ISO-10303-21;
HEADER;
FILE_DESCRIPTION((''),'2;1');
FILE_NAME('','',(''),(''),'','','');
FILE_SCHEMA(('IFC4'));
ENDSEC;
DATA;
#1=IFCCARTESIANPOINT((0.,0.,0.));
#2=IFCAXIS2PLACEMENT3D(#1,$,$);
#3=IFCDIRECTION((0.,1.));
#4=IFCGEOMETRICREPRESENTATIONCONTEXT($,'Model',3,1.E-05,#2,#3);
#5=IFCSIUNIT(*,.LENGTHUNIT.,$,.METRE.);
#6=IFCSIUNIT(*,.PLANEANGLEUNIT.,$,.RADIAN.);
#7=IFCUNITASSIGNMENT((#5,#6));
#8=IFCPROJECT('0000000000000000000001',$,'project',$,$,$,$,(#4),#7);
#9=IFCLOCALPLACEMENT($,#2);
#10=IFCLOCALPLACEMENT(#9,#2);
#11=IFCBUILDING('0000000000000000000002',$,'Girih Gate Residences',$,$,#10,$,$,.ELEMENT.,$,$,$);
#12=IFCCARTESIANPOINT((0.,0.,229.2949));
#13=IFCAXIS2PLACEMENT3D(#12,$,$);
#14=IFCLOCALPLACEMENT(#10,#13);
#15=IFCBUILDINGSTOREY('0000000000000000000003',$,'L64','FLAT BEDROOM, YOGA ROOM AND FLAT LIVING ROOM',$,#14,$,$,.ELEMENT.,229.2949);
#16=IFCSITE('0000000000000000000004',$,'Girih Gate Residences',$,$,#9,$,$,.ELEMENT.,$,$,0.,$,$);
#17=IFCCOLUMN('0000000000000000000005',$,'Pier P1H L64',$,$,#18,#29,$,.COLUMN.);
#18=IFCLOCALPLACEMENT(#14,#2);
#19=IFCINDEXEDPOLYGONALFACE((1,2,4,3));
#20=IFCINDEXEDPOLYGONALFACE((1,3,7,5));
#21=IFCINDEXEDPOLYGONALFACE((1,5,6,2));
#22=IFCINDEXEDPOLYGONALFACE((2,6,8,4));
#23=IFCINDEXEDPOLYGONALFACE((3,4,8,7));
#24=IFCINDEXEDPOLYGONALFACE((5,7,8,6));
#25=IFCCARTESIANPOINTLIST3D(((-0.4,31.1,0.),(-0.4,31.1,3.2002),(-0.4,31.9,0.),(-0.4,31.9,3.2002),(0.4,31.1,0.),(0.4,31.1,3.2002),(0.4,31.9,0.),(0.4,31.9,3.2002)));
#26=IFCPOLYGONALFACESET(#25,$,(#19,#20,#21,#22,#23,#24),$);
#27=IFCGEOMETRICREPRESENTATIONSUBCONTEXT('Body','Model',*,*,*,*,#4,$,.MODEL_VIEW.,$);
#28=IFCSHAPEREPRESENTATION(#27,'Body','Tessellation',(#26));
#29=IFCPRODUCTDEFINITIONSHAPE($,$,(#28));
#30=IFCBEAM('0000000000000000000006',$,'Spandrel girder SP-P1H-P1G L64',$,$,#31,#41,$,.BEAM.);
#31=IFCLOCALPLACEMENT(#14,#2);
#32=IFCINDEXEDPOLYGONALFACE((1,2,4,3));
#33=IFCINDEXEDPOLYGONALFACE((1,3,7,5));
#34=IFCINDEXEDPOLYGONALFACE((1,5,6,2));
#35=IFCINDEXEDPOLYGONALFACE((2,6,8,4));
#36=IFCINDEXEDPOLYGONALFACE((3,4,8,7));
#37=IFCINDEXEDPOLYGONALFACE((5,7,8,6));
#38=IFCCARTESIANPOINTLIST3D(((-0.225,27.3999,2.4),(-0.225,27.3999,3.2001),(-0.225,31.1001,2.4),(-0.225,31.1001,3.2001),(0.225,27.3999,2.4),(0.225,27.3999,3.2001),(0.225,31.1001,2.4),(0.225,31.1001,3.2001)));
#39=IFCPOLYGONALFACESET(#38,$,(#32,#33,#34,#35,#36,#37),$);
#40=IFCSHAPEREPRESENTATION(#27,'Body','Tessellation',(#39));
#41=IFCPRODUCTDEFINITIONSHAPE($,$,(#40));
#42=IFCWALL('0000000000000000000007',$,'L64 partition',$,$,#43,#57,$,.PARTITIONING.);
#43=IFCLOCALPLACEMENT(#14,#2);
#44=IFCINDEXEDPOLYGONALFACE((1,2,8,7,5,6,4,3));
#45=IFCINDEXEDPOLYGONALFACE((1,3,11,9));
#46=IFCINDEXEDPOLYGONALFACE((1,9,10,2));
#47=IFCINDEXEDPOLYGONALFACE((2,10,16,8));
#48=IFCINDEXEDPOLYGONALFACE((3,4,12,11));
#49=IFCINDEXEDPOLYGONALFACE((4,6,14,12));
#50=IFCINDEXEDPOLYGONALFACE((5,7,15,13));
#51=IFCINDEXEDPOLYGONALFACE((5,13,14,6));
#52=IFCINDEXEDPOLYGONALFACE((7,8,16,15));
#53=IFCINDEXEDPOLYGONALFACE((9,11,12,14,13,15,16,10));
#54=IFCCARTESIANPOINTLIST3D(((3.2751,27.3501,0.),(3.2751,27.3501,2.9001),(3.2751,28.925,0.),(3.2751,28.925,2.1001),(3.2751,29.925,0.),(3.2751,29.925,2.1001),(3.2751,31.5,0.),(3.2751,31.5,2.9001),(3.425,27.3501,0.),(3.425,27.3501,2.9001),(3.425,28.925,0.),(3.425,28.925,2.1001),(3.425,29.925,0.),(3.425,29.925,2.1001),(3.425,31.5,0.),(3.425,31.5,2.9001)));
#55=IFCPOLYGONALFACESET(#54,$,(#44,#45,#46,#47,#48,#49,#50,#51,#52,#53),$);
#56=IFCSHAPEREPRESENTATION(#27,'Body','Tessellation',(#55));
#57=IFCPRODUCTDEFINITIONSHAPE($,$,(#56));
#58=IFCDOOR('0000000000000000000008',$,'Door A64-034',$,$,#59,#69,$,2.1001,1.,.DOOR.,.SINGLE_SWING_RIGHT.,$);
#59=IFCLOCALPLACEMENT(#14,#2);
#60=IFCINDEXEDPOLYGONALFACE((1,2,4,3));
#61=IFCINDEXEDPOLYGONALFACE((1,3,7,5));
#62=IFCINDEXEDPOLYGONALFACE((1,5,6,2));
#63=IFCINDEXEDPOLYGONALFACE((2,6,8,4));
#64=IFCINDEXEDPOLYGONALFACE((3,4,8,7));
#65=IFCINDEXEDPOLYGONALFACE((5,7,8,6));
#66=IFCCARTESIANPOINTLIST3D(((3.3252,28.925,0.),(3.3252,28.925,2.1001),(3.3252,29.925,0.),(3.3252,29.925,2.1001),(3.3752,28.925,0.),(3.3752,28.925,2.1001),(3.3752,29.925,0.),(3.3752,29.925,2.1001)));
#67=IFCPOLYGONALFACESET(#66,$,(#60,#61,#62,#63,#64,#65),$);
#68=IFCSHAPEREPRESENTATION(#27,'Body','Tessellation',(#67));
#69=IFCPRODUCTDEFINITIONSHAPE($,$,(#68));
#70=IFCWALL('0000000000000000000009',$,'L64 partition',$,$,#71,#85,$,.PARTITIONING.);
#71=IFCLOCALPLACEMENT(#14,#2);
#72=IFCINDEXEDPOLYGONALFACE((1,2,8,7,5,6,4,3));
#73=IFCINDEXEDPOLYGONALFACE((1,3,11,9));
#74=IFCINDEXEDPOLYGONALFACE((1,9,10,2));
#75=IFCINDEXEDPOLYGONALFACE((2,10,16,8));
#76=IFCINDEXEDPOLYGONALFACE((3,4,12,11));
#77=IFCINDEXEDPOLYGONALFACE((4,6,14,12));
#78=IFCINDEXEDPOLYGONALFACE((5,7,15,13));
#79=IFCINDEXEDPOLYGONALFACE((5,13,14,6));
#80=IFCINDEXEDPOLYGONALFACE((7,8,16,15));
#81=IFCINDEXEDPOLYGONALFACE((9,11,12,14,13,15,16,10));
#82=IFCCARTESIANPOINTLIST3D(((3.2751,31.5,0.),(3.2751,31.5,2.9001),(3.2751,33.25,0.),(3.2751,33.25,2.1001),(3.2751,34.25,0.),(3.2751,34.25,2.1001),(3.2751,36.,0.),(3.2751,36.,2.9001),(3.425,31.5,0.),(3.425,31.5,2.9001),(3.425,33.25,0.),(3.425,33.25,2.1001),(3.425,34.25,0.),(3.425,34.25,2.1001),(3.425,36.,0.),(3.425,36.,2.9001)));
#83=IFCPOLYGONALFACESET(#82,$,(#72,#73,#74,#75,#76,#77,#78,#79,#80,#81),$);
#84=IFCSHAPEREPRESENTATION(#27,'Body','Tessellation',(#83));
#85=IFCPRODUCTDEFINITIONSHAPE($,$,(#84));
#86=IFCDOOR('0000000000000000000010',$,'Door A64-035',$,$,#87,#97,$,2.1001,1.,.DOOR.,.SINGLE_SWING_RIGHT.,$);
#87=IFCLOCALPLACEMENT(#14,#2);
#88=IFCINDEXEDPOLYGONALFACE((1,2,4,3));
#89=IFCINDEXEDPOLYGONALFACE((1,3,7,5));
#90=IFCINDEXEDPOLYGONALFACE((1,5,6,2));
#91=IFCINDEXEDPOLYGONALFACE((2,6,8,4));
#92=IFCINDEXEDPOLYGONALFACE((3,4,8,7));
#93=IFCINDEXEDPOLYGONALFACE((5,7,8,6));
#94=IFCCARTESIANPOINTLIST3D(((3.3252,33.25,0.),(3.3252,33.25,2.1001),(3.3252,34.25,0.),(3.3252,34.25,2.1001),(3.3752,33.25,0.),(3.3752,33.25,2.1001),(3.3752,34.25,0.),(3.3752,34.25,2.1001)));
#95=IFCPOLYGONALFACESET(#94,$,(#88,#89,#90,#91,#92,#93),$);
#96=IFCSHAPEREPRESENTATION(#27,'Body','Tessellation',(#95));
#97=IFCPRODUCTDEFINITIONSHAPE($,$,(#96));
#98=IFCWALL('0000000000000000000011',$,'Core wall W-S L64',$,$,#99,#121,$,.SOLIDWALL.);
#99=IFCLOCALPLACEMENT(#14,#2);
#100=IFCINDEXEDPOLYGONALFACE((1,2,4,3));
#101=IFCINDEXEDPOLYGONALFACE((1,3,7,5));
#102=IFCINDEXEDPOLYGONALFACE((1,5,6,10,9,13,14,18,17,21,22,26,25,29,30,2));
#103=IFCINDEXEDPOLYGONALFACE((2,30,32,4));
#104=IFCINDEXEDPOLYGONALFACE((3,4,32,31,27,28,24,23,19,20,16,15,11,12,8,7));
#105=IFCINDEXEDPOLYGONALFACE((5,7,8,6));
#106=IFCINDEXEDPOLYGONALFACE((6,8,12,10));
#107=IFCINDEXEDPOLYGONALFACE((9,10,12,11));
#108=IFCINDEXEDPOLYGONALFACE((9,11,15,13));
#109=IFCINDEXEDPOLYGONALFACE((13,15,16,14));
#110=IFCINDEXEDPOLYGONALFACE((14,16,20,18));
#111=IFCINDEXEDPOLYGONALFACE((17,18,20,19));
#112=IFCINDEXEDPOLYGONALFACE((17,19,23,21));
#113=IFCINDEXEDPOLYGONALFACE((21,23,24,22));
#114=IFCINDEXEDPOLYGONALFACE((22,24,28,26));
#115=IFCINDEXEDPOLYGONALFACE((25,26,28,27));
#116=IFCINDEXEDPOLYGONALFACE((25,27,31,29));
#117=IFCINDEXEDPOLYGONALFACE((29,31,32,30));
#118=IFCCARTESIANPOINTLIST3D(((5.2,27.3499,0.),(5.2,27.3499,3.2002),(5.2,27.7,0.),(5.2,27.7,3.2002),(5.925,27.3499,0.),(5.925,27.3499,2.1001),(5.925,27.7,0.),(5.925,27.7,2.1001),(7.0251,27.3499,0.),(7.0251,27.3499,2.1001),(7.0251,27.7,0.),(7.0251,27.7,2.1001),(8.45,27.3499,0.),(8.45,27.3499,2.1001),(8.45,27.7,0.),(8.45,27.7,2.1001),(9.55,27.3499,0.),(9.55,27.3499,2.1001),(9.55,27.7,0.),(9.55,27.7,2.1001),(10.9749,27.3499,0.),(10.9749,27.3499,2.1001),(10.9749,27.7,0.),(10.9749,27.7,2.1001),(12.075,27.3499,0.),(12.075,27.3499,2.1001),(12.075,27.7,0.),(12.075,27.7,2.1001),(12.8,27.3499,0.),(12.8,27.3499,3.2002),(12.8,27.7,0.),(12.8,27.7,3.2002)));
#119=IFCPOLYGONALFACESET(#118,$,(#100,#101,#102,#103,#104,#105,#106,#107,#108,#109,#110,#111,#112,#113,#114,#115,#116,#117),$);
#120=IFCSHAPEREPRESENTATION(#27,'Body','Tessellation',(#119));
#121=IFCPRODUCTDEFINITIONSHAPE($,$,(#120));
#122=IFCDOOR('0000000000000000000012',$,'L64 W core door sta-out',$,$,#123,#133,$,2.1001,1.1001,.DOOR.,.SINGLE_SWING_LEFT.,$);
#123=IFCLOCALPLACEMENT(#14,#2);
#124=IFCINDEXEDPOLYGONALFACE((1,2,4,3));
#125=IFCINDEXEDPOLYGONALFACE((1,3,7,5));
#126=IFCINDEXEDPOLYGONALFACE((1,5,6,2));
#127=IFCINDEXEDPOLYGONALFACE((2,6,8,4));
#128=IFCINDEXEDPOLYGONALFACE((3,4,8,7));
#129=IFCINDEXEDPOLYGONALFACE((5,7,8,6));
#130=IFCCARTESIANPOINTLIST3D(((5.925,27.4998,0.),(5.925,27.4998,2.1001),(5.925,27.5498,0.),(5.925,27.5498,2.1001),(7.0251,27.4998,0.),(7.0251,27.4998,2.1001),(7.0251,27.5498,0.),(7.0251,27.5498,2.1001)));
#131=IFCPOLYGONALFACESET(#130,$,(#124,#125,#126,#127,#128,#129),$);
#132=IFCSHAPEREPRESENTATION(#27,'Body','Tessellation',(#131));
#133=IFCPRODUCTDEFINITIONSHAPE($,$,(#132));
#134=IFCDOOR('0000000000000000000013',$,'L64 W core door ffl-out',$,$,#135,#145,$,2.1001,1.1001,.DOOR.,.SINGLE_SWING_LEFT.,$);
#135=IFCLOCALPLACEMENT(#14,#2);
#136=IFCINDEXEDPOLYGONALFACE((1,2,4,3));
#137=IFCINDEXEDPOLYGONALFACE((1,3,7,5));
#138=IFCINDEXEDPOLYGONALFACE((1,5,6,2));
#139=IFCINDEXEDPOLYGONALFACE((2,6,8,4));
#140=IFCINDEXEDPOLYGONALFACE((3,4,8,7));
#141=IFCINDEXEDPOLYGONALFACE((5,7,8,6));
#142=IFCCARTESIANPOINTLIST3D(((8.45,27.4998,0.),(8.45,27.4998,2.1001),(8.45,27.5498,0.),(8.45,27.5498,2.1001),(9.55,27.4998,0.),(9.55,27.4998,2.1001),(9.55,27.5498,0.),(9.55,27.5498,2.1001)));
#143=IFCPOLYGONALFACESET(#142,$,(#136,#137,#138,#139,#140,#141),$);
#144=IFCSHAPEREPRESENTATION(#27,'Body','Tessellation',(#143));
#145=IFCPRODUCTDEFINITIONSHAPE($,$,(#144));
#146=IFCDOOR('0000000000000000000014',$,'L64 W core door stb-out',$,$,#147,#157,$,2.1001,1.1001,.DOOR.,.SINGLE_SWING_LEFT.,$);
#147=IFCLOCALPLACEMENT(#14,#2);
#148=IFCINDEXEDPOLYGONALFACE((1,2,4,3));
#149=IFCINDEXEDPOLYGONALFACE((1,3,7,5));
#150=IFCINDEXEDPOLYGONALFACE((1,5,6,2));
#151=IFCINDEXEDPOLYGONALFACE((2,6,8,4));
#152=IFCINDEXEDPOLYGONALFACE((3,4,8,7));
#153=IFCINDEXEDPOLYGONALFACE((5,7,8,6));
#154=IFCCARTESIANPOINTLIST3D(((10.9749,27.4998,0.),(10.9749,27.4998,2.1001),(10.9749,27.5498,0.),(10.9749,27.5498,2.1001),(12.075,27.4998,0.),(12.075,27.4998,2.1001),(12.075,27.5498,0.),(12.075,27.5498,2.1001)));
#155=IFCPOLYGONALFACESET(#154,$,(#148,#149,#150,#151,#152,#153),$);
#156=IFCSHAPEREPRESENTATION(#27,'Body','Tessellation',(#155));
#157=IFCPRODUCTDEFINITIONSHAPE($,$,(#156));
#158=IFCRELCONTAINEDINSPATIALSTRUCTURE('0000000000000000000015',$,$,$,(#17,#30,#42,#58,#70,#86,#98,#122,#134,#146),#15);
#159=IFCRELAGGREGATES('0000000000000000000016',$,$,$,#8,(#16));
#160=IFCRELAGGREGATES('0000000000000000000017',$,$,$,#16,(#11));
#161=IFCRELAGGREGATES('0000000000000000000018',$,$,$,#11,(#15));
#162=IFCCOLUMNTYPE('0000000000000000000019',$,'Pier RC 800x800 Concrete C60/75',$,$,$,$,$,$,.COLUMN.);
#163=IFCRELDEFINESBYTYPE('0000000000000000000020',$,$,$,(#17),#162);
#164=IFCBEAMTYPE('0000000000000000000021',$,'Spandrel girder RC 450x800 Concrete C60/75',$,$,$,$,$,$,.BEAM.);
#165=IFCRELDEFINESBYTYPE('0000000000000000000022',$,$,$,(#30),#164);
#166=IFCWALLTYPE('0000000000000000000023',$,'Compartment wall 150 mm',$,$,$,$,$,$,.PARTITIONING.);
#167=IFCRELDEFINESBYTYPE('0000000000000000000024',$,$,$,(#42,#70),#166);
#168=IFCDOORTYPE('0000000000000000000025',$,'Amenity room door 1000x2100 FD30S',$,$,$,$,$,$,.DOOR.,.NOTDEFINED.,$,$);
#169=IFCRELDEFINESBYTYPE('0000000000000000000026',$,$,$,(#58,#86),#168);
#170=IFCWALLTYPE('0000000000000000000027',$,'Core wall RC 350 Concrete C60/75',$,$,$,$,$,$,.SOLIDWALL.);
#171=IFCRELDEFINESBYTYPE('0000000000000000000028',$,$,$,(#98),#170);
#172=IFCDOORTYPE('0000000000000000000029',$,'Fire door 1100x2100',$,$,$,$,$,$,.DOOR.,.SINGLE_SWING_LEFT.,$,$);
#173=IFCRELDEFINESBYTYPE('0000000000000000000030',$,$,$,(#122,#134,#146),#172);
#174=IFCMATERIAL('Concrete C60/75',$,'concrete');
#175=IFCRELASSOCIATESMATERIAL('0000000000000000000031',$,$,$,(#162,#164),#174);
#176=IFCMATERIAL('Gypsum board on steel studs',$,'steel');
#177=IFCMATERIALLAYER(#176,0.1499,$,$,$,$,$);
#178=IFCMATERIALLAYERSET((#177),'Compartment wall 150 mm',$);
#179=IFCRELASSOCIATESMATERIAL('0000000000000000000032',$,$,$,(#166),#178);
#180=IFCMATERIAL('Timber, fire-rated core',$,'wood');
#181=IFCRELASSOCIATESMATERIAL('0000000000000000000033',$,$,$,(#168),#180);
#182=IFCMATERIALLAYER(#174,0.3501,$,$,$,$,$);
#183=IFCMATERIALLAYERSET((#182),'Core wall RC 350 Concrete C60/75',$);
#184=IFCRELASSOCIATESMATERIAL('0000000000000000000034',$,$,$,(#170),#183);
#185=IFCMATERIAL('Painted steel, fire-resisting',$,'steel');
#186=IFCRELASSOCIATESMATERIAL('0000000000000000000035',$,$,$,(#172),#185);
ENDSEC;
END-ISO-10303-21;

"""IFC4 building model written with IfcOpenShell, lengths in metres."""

from ifc_helpers import new_model, si_unit, direction, frame, frame_2d, origin, origin_2d, place, context, subcontext, project, spatial, rectangle, extrude, material, layer, layer_set, material_profile, profile_set, type_object, element, fill, save


model = new_model("IFC4")

# Units and contexts
model_context = context("Model", 3, precision=1e-05, world=origin(), true_north=direction((0.0, 1.0)))
body_context = subcontext(model_context, "Body", "Model", "MODEL_VIEW")
ifc_project = project(units=[si_unit("LENGTHUNIT", "METRE"), si_unit("PLANEANGLEUNIT", "RADIAN")], contexts=[model_context])

# Site, building, storey
site_placement = place(None, origin())
site = spatial("IfcSite", under=ifc_project, at=site_placement, Name="Girih Gate Residences", CompositionType="ELEMENT", RefElevation=0.0)
building_placement = place(site_placement, origin())
building = spatial("IfcBuilding", under=site, at=building_placement, Name="Girih Gate Residences", CompositionType="ELEMENT")
storey_placement = place(building_placement, frame((0.0, 0.0, 229.2949)))
storey = spatial("IfcBuildingStorey", under=building, at=storey_placement, Name="L64", Description="FLAT BEDROOM, YOGA ROOM AND FLAT LIVING ROOM", CompositionType="ELEMENT", Elevation=229.2949)

# Column
ifc_material_1 = material(Name="Concrete C60/75", Category="concrete")
ifc_material_profile_1 = material_profile(ifc_material_1, rectangle(XDim=0.8, YDim=0.8, at=origin_2d()))
ifc_profile_set_1 = profile_set([ifc_material_profile_1], Name="Concrete C60/75")
column_type = type_object("IfcColumnType", Name="Pier RC 800x800 Concrete C60/75", PredefinedType="COLUMN", material=ifc_profile_set_1)
column_placement = place(storey_placement, frame((0.0, 31.5, 0.0), z_axis=(0.0, 0.0, 1.0), x_axis=(1.0, 0.0, 0.0)))
element("IfcColumn", 1, at=column_placement, inside=storey, type_object=column_type, Name="Pier P1H L64", PredefinedType="COLUMN", context=body_context, shape_type="SweptSolid", body=[
    extrude(rectangle(XDim=0.8, YDim=0.8, at=origin_2d()), origin(), (0.0, 0.0, 1.0), 3.2002),
])

# Beam
ifc_material_profile_2 = material_profile(ifc_material_1, rectangle(XDim=0.45, YDim=0.8, at=origin_2d()))
ifc_profile_set_2 = profile_set([ifc_material_profile_2], Name="Concrete C60/75")
beam_type = type_object("IfcBeamType", Name="Spandrel girder RC 450x800 Concrete C60/75", PredefinedType="BEAM", material=ifc_profile_set_2)
beam_placement = place(storey_placement, frame((0.0, 31.1001, 2.8), z_axis=(0.0, -1.0, 0.0), x_axis=(1.0, 0.0, 0.0)))
element("IfcBeam", 2, at=beam_placement, inside=storey, type_object=beam_type, Name="Spandrel girder SP-P1H-P1G L64", PredefinedType="BEAM", context=body_context, shape_type="SweptSolid", body=[
    extrude(rectangle(XDim=0.45, YDim=0.8, at=origin_2d()), origin(), (0.0, 0.0, 1.0), 3.7002),
])

# Walls, openings, doors
ifc_material_2 = material(Name="Gypsum board on steel studs", Category="steel")
ifc_layer_1 = layer(ifc_material_2, 0.1499)
ifc_layer_set_1 = layer_set([ifc_layer_1], Name="Compartment wall 150 mm")
wall_type_1 = type_object("IfcWallType", Name="Compartment wall 150 mm", PredefinedType="PARTITIONING", material=ifc_layer_set_1)
wall_1_placement = place(storey_placement, frame((3.3501, 27.3501, 0.0), z_axis=(0.0, 0.0, 1.0), x_axis=(0.0, 1.0, 0.0)))
wall_1 = element("IfcWall", 3, at=wall_1_placement, inside=storey, type_object=wall_type_1, Name="L64 partition", PredefinedType="PARTITIONING", context=body_context, shape_type="SweptSolid", body=[
    extrude(rectangle(XDim=4.1499, YDim=0.1499, at=frame_2d((2.075, 0.0))), origin(), (0.0, 0.0, 1.0), 2.9001),
])
opening_1_placement = place(wall_1_placement, frame((1.575, 0.0, 0.0)))
opening_1 = element("IfcOpeningElement", 4, at=opening_1_placement, cuts=wall_1, PredefinedType="OPENING", context=body_context, shape_type="SweptSolid", body=[
    extrude(rectangle(XDim=1.0, YDim=2.1001, at=frame_2d((0.5, 1.05))), frame((0.0, 0.085, 0.0), z_axis=(0.0, -1.0, 0.0), x_axis=(1.0, 0.0, 0.0)), (0.0, 0.0, 1.0), 0.1699),
])
ifc_material_3 = material(Name="Timber, fire-rated core", Category="wood")
door_type_1 = type_object("IfcDoorType", Name="Amenity room door 1000x2100 FD30S", OperationType="NOTDEFINED", PredefinedType="DOOR", material=ifc_material_3)
door_1_placement = place(opening_1_placement, origin())
door_1 = element("IfcDoor", 5, at=door_1_placement, inside=storey, type_object=door_type_1, Name="Door A64-034", OperationType="SINGLE_SWING_RIGHT", OverallHeight=2.1001, OverallWidth=1.0, PredefinedType="DOOR", context=body_context, shape_type="SweptSolid", body=[
    extrude(rectangle(XDim=1.0, YDim=2.1001, at=frame_2d((0.5, 1.05))), frame((0.0, 0.0249, 0.0), z_axis=(0.0, -1.0, 0.0), x_axis=(1.0, 0.0, 0.0)), (0.0, 0.0, 1.0), 0.05),
])
fill(opening_1, door_1)
wall_2_placement = place(storey_placement, frame((3.3501, 31.5, 0.0), z_axis=(0.0, 0.0, 1.0), x_axis=(0.0, 1.0, 0.0)))
wall_2 = element("IfcWall", 6, at=wall_2_placement, inside=storey, type_object=wall_type_1, Name="L64 partition", PredefinedType="PARTITIONING", context=body_context, shape_type="SweptSolid", body=[
    extrude(rectangle(XDim=4.5, YDim=0.1499, at=frame_2d((2.25, 0.0))), origin(), (0.0, 0.0, 1.0), 2.9001),
])
opening_2_placement = place(wall_2_placement, frame((1.75, 0.0, 0.0)))
opening_2 = element("IfcOpeningElement", 7, at=opening_2_placement, cuts=wall_2, PredefinedType="OPENING", context=body_context, shape_type="SweptSolid", body=[
    extrude(rectangle(XDim=1.0, YDim=2.1001, at=frame_2d((0.5, 1.05))), frame((0.0, 0.085, 0.0), z_axis=(0.0, -1.0, 0.0), x_axis=(1.0, 0.0, 0.0)), (0.0, 0.0, 1.0), 0.1699),
])
door_2_placement = place(opening_2_placement, origin())
door_2 = element("IfcDoor", 8, at=door_2_placement, inside=storey, type_object=door_type_1, Name="Door A64-035", OperationType="SINGLE_SWING_RIGHT", OverallHeight=2.1001, OverallWidth=1.0, PredefinedType="DOOR", context=body_context, shape_type="SweptSolid", body=[
    extrude(rectangle(XDim=1.0, YDim=2.1001, at=frame_2d((0.5, 1.05))), frame((0.0, 0.0249, 0.0), z_axis=(0.0, -1.0, 0.0), x_axis=(1.0, 0.0, 0.0)), (0.0, 0.0, 1.0), 0.05),
])
fill(opening_2, door_2)

# Wall, openings, doors
ifc_layer_2 = layer(ifc_material_1, 0.3501)
ifc_layer_set_2 = layer_set([ifc_layer_2], Name="Core wall RC 350 Concrete C60/75")
wall_type_2 = type_object("IfcWallType", Name="Core wall RC 350 Concrete C60/75", PredefinedType="SOLIDWALL", material=ifc_layer_set_2)
wall_3_placement = place(storey_placement, frame((5.2, 27.5249, 0.0), z_axis=(0.0, 0.0, 1.0), x_axis=(1.0, 0.0, 0.0)))
wall_3 = element("IfcWall", 9, at=wall_3_placement, inside=storey, type_object=wall_type_2, Name="Core wall W-S L64", PredefinedType="SOLIDWALL", context=body_context, shape_type="SweptSolid", body=[
    extrude(rectangle(XDim=7.6001, YDim=0.3501, at=frame_2d((3.8, 0.0))), origin(), (0.0, 0.0, 1.0), 3.2002),
])
opening_3_placement = place(wall_3_placement, frame((0.7251, 0.0, 0.0)))
opening_3 = element("IfcOpeningElement", 10, at=opening_3_placement, cuts=wall_3, PredefinedType="OPENING", context=body_context, shape_type="SweptSolid", body=[
    extrude(rectangle(XDim=1.1001, YDim=2.1001, at=frame_2d((0.55, 1.05))), frame((0.0, 0.1851, 0.0), z_axis=(0.0, -1.0, 0.0), x_axis=(1.0, 0.0, 0.0)), (0.0, 0.0, 1.0), 0.3701),
])
opening_4_placement = place(wall_3_placement, frame((3.25, 0.0, 0.0)))
opening_4 = element("IfcOpeningElement", 11, at=opening_4_placement, cuts=wall_3, PredefinedType="OPENING", context=body_context, shape_type="SweptSolid", body=[
    extrude(rectangle(XDim=1.1001, YDim=2.1001, at=frame_2d((0.55, 1.05))), frame((0.0, 0.1851, 0.0), z_axis=(0.0, -1.0, 0.0), x_axis=(1.0, 0.0, 0.0)), (0.0, 0.0, 1.0), 0.3701),
])
opening_5_placement = place(wall_3_placement, frame((5.7749, 0.0, 0.0)))
opening_5 = element("IfcOpeningElement", 12, at=opening_5_placement, cuts=wall_3, PredefinedType="OPENING", context=body_context, shape_type="SweptSolid", body=[
    extrude(rectangle(XDim=1.1001, YDim=2.1001, at=frame_2d((0.55, 1.05))), frame((0.0, 0.1851, 0.0), z_axis=(0.0, -1.0, 0.0), x_axis=(1.0, 0.0, 0.0)), (0.0, 0.0, 1.0), 0.3701),
])
ifc_material_4 = material(Name="Painted steel, fire-resisting", Category="steel")
door_type_2 = type_object("IfcDoorType", Name="Fire door 1100x2100", OperationType="SINGLE_SWING_LEFT", PredefinedType="DOOR", material=ifc_material_4)
door_3_placement = place(opening_3_placement, origin())
door_3 = element("IfcDoor", 13, at=door_3_placement, inside=storey, type_object=door_type_2, Name="L64 W core door sta-out", OperationType="SINGLE_SWING_LEFT", OverallHeight=2.1001, OverallWidth=1.1001, PredefinedType="DOOR", context=body_context, shape_type="SweptSolid", body=[
    extrude(rectangle(XDim=1.1001, YDim=2.1001, at=frame_2d((0.55, 1.05))), frame((0.0, 0.0249, 0.0), z_axis=(0.0, -1.0, 0.0), x_axis=(1.0, 0.0, 0.0)), (0.0, 0.0, 1.0), 0.05),
])
fill(opening_3, door_3)
door_4_placement = place(opening_4_placement, origin())
door_4 = element("IfcDoor", 14, at=door_4_placement, inside=storey, type_object=door_type_2, Name="L64 W core door ffl-out", OperationType="SINGLE_SWING_LEFT", OverallHeight=2.1001, OverallWidth=1.1001, PredefinedType="DOOR", context=body_context, shape_type="SweptSolid", body=[
    extrude(rectangle(XDim=1.1001, YDim=2.1001, at=frame_2d((0.55, 1.05))), frame((0.0, 0.0249, 0.0), z_axis=(0.0, -1.0, 0.0), x_axis=(1.0, 0.0, 0.0)), (0.0, 0.0, 1.0), 0.05),
])
fill(opening_4, door_4)
door_5_placement = place(opening_5_placement, origin())
door_5 = element("IfcDoor", 15, at=door_5_placement, inside=storey, type_object=door_type_2, Name="L64 W core door stb-out", OperationType="SINGLE_SWING_LEFT", OverallHeight=2.1001, OverallWidth=1.1001, PredefinedType="DOOR", context=body_context, shape_type="SweptSolid", body=[
    extrude(rectangle(XDim=1.1001, YDim=2.1001, at=frame_2d((0.55, 1.05))), frame((0.0, 0.0249, 0.0), z_axis=(0.0, -1.0, 0.0), x_axis=(1.0, 0.0, 0.0)), (0.0, 0.0, 1.0), 0.05),
])
fill(opening_5, door_5)

save(model, "model.ifc")
